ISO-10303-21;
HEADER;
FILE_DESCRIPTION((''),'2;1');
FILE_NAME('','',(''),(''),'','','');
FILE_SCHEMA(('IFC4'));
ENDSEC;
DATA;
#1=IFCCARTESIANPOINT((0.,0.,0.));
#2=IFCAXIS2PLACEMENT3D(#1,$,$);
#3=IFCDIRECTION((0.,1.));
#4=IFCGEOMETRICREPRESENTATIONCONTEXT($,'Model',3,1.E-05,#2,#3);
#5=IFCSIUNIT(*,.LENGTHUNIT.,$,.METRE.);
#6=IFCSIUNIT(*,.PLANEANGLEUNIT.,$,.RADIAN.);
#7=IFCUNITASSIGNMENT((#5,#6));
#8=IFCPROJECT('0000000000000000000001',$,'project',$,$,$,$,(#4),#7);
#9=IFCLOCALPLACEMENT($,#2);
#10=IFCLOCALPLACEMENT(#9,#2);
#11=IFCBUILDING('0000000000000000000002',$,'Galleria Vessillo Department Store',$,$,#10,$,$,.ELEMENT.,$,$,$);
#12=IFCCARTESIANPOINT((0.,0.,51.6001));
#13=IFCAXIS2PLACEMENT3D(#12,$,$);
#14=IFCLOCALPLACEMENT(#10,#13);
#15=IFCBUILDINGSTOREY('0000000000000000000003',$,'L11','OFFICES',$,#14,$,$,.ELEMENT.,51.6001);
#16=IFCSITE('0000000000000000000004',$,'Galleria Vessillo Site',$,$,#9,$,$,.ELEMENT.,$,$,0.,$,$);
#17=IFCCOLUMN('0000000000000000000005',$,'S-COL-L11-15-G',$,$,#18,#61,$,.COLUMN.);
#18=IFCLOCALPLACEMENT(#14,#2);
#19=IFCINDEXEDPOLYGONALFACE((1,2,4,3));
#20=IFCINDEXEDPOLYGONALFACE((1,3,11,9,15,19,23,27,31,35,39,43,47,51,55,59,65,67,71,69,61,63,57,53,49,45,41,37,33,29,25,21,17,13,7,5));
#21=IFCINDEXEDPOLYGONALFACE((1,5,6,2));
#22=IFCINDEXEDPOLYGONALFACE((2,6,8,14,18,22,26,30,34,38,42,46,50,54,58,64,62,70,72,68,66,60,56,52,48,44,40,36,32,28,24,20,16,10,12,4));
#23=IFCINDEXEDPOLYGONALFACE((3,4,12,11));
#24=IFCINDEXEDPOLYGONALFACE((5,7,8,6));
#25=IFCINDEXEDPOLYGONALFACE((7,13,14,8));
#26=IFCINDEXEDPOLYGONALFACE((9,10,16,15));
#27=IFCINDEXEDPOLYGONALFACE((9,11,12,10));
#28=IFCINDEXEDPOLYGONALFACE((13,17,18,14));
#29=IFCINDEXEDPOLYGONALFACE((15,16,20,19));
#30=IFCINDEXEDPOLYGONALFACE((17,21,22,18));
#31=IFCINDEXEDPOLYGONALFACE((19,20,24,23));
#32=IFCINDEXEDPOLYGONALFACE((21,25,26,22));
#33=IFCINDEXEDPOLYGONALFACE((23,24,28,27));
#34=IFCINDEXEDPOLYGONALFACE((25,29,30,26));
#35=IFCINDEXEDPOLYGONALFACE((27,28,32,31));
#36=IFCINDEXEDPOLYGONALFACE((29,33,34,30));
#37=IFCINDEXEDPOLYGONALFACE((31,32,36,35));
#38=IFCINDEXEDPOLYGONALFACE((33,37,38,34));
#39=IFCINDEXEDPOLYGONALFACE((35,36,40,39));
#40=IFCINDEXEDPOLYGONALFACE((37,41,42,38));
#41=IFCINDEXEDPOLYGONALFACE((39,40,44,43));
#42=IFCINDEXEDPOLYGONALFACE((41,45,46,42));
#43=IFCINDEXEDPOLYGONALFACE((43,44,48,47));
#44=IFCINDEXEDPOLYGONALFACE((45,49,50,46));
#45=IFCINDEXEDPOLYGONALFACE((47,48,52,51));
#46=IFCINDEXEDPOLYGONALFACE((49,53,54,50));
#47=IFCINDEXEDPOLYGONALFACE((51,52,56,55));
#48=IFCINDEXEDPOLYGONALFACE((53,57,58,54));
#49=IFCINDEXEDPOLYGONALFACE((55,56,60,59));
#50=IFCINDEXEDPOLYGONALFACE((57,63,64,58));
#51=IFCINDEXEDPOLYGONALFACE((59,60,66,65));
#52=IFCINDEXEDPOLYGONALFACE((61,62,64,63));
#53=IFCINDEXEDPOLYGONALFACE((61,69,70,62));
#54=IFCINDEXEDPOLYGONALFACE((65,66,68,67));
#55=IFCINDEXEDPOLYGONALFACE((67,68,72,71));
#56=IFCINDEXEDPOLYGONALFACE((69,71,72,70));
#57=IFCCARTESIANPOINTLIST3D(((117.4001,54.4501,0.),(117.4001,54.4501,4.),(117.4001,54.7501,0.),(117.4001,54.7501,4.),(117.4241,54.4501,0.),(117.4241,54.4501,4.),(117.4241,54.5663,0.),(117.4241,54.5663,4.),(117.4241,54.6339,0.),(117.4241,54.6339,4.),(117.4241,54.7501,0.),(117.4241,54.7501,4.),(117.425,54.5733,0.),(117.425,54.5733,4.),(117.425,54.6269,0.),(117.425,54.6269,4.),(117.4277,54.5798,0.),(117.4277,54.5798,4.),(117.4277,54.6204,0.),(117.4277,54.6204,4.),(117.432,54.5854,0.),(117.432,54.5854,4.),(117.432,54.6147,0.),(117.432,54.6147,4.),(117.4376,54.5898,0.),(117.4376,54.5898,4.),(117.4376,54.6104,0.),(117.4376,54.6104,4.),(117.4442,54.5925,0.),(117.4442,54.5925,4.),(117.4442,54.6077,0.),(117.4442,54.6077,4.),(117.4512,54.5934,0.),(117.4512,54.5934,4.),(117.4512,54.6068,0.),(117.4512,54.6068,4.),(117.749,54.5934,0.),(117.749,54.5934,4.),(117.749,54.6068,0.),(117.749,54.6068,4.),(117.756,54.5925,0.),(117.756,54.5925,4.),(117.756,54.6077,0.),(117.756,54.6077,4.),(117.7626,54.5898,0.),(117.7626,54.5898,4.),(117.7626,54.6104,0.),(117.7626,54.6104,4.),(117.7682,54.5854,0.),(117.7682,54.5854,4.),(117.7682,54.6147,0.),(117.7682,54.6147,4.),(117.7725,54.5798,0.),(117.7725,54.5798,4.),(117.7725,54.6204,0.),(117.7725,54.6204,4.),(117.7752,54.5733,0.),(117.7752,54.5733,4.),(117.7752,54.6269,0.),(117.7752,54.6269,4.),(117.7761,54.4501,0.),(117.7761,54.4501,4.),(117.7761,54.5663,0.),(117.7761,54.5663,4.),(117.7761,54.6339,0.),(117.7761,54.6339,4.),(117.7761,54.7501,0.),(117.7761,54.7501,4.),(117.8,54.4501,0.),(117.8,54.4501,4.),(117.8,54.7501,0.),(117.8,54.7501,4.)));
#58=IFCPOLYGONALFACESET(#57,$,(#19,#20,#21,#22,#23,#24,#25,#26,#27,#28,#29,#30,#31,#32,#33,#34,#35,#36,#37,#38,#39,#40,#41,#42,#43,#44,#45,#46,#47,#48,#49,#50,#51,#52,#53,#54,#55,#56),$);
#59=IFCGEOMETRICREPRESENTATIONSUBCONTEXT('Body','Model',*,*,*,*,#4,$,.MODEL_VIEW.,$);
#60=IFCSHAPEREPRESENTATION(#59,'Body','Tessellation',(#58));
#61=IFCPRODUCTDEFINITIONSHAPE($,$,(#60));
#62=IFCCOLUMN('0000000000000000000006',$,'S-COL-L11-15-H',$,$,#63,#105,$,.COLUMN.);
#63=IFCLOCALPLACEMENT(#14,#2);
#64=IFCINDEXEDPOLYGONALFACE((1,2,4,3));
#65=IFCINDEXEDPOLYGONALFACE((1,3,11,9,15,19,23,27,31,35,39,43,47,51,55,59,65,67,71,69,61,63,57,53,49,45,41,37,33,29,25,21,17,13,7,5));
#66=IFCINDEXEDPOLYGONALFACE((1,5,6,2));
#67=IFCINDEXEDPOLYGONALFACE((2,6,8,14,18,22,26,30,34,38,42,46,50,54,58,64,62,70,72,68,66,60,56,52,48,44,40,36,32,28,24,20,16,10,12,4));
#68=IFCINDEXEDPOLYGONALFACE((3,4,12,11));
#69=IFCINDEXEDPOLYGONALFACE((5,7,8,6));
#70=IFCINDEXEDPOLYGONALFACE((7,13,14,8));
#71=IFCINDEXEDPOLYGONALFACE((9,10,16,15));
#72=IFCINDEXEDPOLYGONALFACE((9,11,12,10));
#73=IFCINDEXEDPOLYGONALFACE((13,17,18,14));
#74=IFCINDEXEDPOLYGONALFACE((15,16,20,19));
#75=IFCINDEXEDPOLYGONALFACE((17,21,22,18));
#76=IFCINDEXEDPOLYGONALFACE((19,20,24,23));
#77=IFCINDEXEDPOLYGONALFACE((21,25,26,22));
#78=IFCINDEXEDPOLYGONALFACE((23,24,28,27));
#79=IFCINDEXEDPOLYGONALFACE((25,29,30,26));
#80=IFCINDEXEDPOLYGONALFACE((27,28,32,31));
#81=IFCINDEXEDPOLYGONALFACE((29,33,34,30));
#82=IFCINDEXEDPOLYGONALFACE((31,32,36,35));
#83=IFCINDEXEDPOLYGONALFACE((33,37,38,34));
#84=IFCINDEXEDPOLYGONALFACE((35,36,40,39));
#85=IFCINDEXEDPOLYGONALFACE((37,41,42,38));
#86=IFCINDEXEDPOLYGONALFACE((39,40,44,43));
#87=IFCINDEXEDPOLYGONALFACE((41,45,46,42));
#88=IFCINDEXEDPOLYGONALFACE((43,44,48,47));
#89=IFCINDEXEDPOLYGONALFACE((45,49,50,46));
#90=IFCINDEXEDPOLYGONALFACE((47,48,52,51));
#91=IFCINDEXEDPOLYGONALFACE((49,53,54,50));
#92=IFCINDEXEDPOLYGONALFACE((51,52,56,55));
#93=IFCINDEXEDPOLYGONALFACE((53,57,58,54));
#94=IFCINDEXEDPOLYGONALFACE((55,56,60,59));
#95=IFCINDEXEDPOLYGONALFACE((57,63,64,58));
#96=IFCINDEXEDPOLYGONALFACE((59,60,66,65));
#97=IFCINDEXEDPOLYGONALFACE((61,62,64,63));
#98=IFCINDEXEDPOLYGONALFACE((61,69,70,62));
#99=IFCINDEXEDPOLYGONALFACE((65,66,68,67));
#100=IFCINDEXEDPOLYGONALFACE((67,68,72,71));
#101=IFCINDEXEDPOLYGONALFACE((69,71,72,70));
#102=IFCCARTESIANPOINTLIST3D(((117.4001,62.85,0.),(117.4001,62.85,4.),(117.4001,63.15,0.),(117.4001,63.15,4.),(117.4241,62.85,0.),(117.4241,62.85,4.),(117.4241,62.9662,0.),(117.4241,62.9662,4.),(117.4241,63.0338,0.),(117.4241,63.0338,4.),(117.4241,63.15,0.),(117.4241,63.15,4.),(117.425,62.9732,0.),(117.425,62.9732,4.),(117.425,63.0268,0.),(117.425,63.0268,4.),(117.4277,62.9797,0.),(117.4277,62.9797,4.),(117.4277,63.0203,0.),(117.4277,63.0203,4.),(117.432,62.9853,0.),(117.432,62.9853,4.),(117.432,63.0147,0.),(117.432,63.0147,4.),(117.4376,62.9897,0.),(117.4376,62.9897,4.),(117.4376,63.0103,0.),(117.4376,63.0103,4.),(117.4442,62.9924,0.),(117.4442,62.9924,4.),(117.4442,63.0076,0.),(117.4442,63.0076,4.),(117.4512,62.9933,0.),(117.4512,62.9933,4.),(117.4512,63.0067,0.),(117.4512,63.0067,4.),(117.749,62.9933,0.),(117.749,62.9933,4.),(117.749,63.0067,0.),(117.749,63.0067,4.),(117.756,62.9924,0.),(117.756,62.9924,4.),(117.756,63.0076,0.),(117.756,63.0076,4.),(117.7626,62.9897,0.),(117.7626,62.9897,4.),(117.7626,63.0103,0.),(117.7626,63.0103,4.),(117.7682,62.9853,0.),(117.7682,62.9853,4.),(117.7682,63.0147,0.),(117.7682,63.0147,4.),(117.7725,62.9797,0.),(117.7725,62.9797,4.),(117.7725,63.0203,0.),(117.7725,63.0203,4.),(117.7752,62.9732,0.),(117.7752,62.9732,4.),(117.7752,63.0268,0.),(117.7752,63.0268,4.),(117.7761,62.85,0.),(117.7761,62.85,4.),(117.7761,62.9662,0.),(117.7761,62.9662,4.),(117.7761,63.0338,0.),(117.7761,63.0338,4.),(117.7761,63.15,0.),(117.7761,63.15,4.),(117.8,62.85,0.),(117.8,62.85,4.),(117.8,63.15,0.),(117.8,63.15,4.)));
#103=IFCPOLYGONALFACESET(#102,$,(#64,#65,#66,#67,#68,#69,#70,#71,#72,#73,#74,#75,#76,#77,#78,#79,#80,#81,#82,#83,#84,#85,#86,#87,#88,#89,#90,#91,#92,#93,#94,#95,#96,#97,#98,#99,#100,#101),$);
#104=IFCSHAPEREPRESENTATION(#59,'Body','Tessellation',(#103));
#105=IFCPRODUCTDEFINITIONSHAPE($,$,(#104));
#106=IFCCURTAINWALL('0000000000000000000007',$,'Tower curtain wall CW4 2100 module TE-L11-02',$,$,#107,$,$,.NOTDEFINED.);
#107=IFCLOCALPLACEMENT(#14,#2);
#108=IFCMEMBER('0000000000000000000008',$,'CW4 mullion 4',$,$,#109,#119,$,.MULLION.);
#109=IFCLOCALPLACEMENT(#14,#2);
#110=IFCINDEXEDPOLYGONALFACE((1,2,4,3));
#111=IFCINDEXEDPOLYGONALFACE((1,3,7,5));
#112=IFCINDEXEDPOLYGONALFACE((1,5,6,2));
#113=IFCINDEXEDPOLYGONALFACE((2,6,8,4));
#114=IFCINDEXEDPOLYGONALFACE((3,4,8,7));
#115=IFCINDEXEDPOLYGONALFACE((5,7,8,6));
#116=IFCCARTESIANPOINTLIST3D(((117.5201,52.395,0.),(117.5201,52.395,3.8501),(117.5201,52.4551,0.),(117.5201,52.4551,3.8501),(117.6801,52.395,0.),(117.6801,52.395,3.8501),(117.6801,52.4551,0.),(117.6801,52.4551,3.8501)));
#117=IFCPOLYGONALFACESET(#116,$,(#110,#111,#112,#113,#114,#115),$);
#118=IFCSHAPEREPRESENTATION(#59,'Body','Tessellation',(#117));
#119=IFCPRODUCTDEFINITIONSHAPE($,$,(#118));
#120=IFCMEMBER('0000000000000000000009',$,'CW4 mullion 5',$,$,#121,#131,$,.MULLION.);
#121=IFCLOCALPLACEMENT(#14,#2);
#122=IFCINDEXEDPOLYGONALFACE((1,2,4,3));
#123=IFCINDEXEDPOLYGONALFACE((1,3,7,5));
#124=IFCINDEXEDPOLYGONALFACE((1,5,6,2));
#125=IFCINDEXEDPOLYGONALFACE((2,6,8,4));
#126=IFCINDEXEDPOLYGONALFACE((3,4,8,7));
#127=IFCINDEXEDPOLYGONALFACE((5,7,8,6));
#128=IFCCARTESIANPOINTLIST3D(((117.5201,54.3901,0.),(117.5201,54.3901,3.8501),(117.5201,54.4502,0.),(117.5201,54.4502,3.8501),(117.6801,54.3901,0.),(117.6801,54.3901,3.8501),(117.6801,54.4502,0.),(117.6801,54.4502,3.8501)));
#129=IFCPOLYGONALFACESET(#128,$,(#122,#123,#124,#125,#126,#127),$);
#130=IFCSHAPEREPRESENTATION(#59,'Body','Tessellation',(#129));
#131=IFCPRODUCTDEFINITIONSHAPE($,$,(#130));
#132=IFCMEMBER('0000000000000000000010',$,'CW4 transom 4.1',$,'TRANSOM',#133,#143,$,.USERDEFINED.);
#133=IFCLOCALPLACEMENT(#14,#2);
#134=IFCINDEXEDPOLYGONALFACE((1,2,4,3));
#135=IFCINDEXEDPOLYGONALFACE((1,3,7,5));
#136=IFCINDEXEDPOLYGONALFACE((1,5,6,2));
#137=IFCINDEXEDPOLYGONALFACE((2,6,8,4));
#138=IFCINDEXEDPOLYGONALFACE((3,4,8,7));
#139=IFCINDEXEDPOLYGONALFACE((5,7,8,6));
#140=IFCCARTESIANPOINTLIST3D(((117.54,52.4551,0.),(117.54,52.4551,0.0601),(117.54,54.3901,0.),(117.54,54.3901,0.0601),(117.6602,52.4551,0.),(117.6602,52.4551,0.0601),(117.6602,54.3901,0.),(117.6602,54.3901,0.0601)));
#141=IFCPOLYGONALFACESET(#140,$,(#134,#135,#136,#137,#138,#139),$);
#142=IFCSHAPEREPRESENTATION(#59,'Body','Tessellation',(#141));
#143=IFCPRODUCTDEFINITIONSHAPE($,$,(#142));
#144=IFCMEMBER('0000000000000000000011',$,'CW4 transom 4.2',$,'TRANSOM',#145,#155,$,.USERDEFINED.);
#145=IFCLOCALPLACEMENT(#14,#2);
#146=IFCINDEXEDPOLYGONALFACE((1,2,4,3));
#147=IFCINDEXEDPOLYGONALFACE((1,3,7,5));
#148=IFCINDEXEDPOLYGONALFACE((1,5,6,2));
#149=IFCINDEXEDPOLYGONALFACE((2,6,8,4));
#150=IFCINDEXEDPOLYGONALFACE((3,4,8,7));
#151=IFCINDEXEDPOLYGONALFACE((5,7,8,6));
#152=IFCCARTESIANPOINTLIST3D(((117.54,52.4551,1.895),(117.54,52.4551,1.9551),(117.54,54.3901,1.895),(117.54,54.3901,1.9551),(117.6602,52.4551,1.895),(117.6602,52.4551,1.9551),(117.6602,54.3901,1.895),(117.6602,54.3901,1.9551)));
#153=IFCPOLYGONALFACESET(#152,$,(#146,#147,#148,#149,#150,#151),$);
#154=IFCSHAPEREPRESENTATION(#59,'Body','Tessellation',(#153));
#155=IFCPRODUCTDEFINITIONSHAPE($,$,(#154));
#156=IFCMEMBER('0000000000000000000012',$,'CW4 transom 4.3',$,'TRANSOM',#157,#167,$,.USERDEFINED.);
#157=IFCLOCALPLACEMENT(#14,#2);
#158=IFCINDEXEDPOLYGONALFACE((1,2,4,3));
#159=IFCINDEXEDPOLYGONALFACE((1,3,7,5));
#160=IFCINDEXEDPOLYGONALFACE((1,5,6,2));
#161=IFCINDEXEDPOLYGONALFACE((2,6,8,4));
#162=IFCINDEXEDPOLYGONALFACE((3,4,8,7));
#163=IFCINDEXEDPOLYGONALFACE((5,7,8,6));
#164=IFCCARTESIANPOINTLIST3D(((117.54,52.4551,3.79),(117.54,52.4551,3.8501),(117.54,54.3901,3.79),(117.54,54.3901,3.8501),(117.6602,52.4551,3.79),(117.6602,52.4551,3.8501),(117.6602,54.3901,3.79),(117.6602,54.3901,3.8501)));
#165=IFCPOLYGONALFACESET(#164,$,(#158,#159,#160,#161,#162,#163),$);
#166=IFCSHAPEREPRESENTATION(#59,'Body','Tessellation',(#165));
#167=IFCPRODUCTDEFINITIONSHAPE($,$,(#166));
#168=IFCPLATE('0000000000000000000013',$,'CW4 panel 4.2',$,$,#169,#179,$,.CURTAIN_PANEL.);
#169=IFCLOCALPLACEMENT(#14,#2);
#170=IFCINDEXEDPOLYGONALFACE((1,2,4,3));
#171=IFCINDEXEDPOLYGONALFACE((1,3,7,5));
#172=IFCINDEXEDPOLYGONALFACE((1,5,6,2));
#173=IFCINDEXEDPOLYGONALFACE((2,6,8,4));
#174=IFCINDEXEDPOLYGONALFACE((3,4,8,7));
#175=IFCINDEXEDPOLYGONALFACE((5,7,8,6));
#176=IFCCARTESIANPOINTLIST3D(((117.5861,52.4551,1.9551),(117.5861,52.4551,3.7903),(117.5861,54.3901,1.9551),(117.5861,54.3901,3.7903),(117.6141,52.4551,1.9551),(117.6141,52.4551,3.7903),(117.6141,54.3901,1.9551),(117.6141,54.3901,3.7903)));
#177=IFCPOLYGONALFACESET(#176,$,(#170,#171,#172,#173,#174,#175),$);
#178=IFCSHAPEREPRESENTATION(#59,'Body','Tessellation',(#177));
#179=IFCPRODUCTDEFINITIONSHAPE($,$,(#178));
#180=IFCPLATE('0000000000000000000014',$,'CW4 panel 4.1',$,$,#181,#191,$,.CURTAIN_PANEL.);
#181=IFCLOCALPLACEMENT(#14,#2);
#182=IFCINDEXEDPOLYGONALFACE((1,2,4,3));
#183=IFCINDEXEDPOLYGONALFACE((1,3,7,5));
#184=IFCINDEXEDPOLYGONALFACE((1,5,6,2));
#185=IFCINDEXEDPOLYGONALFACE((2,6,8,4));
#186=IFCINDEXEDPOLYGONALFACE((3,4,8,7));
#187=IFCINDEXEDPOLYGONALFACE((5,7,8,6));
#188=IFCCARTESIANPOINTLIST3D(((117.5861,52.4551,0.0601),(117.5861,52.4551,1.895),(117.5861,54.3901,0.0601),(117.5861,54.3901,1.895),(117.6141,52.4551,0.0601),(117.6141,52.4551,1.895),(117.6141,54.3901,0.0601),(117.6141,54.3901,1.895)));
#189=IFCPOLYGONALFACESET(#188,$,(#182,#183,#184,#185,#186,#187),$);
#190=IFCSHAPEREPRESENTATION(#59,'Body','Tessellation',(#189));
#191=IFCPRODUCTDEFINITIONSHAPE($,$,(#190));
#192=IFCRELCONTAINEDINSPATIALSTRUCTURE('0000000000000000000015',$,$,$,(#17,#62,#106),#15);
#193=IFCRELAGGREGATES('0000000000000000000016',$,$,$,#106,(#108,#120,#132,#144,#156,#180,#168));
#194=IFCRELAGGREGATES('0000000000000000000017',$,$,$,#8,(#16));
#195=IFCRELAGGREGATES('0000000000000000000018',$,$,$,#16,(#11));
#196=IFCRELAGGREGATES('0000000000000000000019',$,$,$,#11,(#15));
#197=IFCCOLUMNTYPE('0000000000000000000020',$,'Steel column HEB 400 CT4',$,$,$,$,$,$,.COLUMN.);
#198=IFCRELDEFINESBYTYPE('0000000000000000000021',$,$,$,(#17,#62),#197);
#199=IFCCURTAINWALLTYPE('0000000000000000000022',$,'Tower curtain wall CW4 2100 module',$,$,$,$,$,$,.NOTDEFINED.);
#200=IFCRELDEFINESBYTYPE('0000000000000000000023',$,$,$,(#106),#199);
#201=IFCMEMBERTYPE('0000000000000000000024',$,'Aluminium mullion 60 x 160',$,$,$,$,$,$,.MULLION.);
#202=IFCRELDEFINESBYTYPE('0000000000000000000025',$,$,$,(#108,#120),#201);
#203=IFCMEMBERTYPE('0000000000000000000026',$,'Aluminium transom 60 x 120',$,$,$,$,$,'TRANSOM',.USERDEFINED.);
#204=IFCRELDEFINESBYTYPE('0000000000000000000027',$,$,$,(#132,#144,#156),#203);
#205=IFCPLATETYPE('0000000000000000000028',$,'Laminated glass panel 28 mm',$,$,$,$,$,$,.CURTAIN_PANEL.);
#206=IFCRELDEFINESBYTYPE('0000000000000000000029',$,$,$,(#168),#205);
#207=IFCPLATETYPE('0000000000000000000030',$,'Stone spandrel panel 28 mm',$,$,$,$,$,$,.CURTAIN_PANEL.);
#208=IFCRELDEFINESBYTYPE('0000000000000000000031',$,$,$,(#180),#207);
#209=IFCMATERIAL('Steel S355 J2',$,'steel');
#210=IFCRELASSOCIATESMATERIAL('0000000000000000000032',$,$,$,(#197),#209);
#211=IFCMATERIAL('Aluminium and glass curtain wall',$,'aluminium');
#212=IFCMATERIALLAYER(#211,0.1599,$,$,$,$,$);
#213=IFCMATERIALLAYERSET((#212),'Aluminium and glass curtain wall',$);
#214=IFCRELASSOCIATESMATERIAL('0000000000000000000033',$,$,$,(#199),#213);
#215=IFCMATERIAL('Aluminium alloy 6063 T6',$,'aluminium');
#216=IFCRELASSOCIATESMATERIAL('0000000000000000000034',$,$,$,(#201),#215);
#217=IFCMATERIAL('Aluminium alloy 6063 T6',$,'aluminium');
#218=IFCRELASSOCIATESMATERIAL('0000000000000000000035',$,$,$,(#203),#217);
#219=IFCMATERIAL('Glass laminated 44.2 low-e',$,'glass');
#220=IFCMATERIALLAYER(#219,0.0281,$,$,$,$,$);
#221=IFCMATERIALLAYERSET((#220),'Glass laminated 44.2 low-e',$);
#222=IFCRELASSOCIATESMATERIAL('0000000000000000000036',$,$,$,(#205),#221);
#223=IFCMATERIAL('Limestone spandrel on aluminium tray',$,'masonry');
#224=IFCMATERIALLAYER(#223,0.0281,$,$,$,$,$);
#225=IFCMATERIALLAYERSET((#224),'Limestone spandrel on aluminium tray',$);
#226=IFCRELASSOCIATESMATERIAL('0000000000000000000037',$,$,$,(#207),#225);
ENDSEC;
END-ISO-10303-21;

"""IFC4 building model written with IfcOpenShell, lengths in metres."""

from ifc_helpers import new_model, si_unit, direction, frame, origin, origin_2d, place, context, subcontext, project, spatial, rectangle, i_section, extrude, material, layer, layer_set, material_profile, profile_set, type_object, element, aggregate, save


model = new_model("IFC4")

# Units and contexts
model_context = context("Model", 3, precision=1e-05, world=origin(), true_north=direction((0.0, 1.0)))
body_context = subcontext(model_context, "Body", "Model", "MODEL_VIEW")
ifc_project = project(units=[si_unit("LENGTHUNIT", "METRE"), si_unit("PLANEANGLEUNIT", "RADIAN")], contexts=[model_context])

# Site, building, storey
site_placement = place(None, origin())
site = spatial("IfcSite", under=ifc_project, at=site_placement, Name="Galleria Vessillo Site", CompositionType="ELEMENT", RefElevation=0.0)
building_placement = place(site_placement, origin())
building = spatial("IfcBuilding", under=site, at=building_placement, Name="Galleria Vessillo Department Store", CompositionType="ELEMENT")
storey_placement = place(building_placement, frame((0.0, 0.0, 51.6001)))
storey = spatial("IfcBuildingStorey", under=building, at=storey_placement, Name="L11", Description="OFFICES", CompositionType="ELEMENT", Elevation=51.6001)

# Columns
ifc_material_1 = material(Name="Steel S355 J2", Category="steel")
ifc_material_profile_1 = material_profile(ifc_material_1, i_section(OverallWidth=0.3, OverallDepth=0.3999, WebThickness=0.0134, FlangeThickness=0.0239, FilletRadius=0.0271, at=origin_2d()), Name="HEB 400")
ifc_profile_set_1 = profile_set([ifc_material_profile_1], Name="Steel S355 J2")
column_type = type_object("IfcColumnType", Name="Steel column HEB 400 CT4", PredefinedType="COLUMN", material=ifc_profile_set_1)
for number, where, z_axis, x_axis, name in (
    (1, (117.6001, 54.6001, 0.0), (0.0, 0.0, 1.0), (0.0, 1.0, 0.0), "S-COL-L11-15-G"),
    (2, (117.6001, 63.0, 0.0), (0.0, 0.0, 1.0), (0.0, 1.0, 0.0), "S-COL-L11-15-H"),
):
    element("IfcColumn", number, at=place(storey_placement, frame(where, z_axis=z_axis, x_axis=x_axis)), inside=storey, type_object=column_type, Name=name, PredefinedType="COLUMN", context=body_context, shape_type="SweptSolid", body=[
        extrude(i_section(OverallWidth=0.3, OverallDepth=0.3999, WebThickness=0.0134, FlangeThickness=0.0239, FilletRadius=0.0271, at=origin_2d()), origin(), (0.0, 0.0, 1.0), 4.0),
    ])

# Curtain wall, members, plates
ifc_material_2 = material(Name="Aluminium and glass curtain wall", Category="aluminium")
ifc_layer_1 = layer(ifc_material_2, 0.1599)
ifc_layer_set_1 = layer_set([ifc_layer_1], Name="Aluminium and glass curtain wall")
curtain_wall_type = type_object("IfcCurtainWallType", Name="Tower curtain wall CW4 2100 module", PredefinedType="NOTDEFINED", material=ifc_layer_set_1)
curtain_wall_placement = place(storey_placement, origin())
curtain_wall = element("IfcCurtainWall", 3, at=curtain_wall_placement, inside=storey, type_object=curtain_wall_type, Name="Tower curtain wall CW4 2100 module TE-L11-02", PredefinedType="NOTDEFINED")
ifc_material_3 = material(Name="Aluminium alloy 6063 T6", Category="aluminium")
ifc_material_profile_2 = material_profile(ifc_material_3, rectangle(XDim=0.1599, YDim=0.0601, at=origin_2d()), Name="AL 60x160")
ifc_profile_set_2 = profile_set([ifc_material_profile_2], Name="Aluminium alloy 6063 T6")
member_type_1 = type_object("IfcMemberType", Name="Aluminium mullion 60 x 160", PredefinedType="MULLION", material=ifc_profile_set_2)
member_1_placement = place(storey_placement, frame((117.6001, 52.425, 0.0), z_axis=(0.0, 0.0, 1.0), x_axis=(-1.0, 0.0, 0.0)))
member_1 = element("IfcMember", 4, at=member_1_placement, type_object=member_type_1, Name="CW4 mullion 4", PredefinedType="MULLION", context=body_context, shape_type="SweptSolid", body=[
    extrude(rectangle(XDim=0.1599, YDim=0.0601, at=origin_2d()), origin(), (0.0, 0.0, 1.0), 3.8501),
])
member_2_placement = place(storey_placement, frame((117.6001, 54.4202, 0.0), z_axis=(0.0, 0.0, 1.0), x_axis=(-1.0, 0.0, 0.0)))
member_2 = element("IfcMember", 5, at=member_2_placement, type_object=member_type_1, Name="CW4 mullion 5", PredefinedType="MULLION", context=body_context, shape_type="SweptSolid", body=[
    extrude(rectangle(XDim=0.1599, YDim=0.0601, at=origin_2d()), origin(), (0.0, 0.0, 1.0), 3.8501),
])
ifc_material_4 = material(Name="Aluminium alloy 6063 T6", Category="aluminium")
ifc_material_profile_3 = material_profile(ifc_material_4, rectangle(XDim=0.1201, YDim=0.0601, at=origin_2d()), Name="AL 60x120")
ifc_profile_set_3 = profile_set([ifc_material_profile_3], Name="Aluminium alloy 6063 T6")
member_type_2 = type_object("IfcMemberType", Name="Aluminium transom 60 x 120", ElementType="TRANSOM", PredefinedType="USERDEFINED", material=ifc_profile_set_3)
member_3_placement = place(storey_placement, frame((117.6001, 52.4551, 0.03), z_axis=(0.0, 1.0, 0.0), x_axis=(-1.0, 0.0, 0.0)))
member_3 = element("IfcMember", 6, at=member_3_placement, type_object=member_type_2, Name="CW4 transom 4.1", ObjectType="TRANSOM", PredefinedType="USERDEFINED", context=body_context, shape_type="SweptSolid", body=[
    extrude(rectangle(XDim=0.1201, YDim=0.0601, at=origin_2d()), origin(), (0.0, 0.0, 1.0), 1.9351),
])
member_4_placement = place(storey_placement, frame((117.6001, 52.4551, 1.925), z_axis=(0.0, 1.0, 0.0), x_axis=(-1.0, 0.0, 0.0)))
member_4 = element("IfcMember", 7, at=member_4_placement, type_object=member_type_2, Name="CW4 transom 4.2", ObjectType="TRANSOM", PredefinedType="USERDEFINED", context=body_context, shape_type="SweptSolid", body=[
    extrude(rectangle(XDim=0.1201, YDim=0.0601, at=origin_2d()), origin(), (0.0, 0.0, 1.0), 1.9351),
])
member_5_placement = place(storey_placement, frame((117.6001, 52.4551, 3.8201), z_axis=(0.0, 1.0, 0.0), x_axis=(-1.0, 0.0, 0.0)))
member_5 = element("IfcMember", 8, at=member_5_placement, type_object=member_type_2, Name="CW4 transom 4.3", ObjectType="TRANSOM", PredefinedType="USERDEFINED", context=body_context, shape_type="SweptSolid", body=[
    extrude(rectangle(XDim=0.1201, YDim=0.0601, at=origin_2d()), origin(), (0.0, 0.0, 1.0), 1.9351),
])
ifc_material_5 = material(Name="Glass laminated 44.2 low-e", Category="glass")
ifc_layer_2 = layer(ifc_material_5, 0.0281)
ifc_layer_set_2 = layer_set([ifc_layer_2], Name="Glass laminated 44.2 low-e")
plate_type_1 = type_object("IfcPlateType", Name="Laminated glass panel 28 mm", PredefinedType="CURTAIN_PANEL", material=ifc_layer_set_2)
plate_1_placement = place(storey_placement, frame((117.6001, 53.4226, 1.9551), z_axis=(0.0, 0.0, 1.0), x_axis=(0.0, 1.0, 0.0)))
plate_1 = element("IfcPlate", 9, at=plate_1_placement, type_object=plate_type_1, Name="CW4 panel 4.2", PredefinedType="CURTAIN_PANEL", context=body_context, shape_type="SweptSolid", body=[
    extrude(rectangle(XDim=1.9351, YDim=0.0281, at=origin_2d()), origin(), (0.0, 0.0, 1.0), 1.8352),
])
ifc_material_6 = material(Name="Limestone spandrel on aluminium tray", Category="masonry")
ifc_layer_3 = layer(ifc_material_6, 0.0281)
ifc_layer_set_3 = layer_set([ifc_layer_3], Name="Limestone spandrel on aluminium tray")
plate_type_2 = type_object("IfcPlateType", Name="Stone spandrel panel 28 mm", PredefinedType="CURTAIN_PANEL", material=ifc_layer_set_3)
plate_2_placement = place(storey_placement, frame((117.6001, 53.4226, 0.0601), z_axis=(0.0, 0.0, 1.0), x_axis=(0.0, 1.0, 0.0)))
plate_2 = element("IfcPlate", 10, at=plate_2_placement, type_object=plate_type_2, Name="CW4 panel 4.1", PredefinedType="CURTAIN_PANEL", context=body_context, shape_type="SweptSolid", body=[
    extrude(rectangle(XDim=1.9351, YDim=0.0281, at=origin_2d()), origin(), (0.0, 0.0, 1.0), 1.835),
])
aggregate(curtain_wall, [member_1, member_2, member_3, member_4, member_5, plate_2, plate_1])

save(model, "model.ifc")
